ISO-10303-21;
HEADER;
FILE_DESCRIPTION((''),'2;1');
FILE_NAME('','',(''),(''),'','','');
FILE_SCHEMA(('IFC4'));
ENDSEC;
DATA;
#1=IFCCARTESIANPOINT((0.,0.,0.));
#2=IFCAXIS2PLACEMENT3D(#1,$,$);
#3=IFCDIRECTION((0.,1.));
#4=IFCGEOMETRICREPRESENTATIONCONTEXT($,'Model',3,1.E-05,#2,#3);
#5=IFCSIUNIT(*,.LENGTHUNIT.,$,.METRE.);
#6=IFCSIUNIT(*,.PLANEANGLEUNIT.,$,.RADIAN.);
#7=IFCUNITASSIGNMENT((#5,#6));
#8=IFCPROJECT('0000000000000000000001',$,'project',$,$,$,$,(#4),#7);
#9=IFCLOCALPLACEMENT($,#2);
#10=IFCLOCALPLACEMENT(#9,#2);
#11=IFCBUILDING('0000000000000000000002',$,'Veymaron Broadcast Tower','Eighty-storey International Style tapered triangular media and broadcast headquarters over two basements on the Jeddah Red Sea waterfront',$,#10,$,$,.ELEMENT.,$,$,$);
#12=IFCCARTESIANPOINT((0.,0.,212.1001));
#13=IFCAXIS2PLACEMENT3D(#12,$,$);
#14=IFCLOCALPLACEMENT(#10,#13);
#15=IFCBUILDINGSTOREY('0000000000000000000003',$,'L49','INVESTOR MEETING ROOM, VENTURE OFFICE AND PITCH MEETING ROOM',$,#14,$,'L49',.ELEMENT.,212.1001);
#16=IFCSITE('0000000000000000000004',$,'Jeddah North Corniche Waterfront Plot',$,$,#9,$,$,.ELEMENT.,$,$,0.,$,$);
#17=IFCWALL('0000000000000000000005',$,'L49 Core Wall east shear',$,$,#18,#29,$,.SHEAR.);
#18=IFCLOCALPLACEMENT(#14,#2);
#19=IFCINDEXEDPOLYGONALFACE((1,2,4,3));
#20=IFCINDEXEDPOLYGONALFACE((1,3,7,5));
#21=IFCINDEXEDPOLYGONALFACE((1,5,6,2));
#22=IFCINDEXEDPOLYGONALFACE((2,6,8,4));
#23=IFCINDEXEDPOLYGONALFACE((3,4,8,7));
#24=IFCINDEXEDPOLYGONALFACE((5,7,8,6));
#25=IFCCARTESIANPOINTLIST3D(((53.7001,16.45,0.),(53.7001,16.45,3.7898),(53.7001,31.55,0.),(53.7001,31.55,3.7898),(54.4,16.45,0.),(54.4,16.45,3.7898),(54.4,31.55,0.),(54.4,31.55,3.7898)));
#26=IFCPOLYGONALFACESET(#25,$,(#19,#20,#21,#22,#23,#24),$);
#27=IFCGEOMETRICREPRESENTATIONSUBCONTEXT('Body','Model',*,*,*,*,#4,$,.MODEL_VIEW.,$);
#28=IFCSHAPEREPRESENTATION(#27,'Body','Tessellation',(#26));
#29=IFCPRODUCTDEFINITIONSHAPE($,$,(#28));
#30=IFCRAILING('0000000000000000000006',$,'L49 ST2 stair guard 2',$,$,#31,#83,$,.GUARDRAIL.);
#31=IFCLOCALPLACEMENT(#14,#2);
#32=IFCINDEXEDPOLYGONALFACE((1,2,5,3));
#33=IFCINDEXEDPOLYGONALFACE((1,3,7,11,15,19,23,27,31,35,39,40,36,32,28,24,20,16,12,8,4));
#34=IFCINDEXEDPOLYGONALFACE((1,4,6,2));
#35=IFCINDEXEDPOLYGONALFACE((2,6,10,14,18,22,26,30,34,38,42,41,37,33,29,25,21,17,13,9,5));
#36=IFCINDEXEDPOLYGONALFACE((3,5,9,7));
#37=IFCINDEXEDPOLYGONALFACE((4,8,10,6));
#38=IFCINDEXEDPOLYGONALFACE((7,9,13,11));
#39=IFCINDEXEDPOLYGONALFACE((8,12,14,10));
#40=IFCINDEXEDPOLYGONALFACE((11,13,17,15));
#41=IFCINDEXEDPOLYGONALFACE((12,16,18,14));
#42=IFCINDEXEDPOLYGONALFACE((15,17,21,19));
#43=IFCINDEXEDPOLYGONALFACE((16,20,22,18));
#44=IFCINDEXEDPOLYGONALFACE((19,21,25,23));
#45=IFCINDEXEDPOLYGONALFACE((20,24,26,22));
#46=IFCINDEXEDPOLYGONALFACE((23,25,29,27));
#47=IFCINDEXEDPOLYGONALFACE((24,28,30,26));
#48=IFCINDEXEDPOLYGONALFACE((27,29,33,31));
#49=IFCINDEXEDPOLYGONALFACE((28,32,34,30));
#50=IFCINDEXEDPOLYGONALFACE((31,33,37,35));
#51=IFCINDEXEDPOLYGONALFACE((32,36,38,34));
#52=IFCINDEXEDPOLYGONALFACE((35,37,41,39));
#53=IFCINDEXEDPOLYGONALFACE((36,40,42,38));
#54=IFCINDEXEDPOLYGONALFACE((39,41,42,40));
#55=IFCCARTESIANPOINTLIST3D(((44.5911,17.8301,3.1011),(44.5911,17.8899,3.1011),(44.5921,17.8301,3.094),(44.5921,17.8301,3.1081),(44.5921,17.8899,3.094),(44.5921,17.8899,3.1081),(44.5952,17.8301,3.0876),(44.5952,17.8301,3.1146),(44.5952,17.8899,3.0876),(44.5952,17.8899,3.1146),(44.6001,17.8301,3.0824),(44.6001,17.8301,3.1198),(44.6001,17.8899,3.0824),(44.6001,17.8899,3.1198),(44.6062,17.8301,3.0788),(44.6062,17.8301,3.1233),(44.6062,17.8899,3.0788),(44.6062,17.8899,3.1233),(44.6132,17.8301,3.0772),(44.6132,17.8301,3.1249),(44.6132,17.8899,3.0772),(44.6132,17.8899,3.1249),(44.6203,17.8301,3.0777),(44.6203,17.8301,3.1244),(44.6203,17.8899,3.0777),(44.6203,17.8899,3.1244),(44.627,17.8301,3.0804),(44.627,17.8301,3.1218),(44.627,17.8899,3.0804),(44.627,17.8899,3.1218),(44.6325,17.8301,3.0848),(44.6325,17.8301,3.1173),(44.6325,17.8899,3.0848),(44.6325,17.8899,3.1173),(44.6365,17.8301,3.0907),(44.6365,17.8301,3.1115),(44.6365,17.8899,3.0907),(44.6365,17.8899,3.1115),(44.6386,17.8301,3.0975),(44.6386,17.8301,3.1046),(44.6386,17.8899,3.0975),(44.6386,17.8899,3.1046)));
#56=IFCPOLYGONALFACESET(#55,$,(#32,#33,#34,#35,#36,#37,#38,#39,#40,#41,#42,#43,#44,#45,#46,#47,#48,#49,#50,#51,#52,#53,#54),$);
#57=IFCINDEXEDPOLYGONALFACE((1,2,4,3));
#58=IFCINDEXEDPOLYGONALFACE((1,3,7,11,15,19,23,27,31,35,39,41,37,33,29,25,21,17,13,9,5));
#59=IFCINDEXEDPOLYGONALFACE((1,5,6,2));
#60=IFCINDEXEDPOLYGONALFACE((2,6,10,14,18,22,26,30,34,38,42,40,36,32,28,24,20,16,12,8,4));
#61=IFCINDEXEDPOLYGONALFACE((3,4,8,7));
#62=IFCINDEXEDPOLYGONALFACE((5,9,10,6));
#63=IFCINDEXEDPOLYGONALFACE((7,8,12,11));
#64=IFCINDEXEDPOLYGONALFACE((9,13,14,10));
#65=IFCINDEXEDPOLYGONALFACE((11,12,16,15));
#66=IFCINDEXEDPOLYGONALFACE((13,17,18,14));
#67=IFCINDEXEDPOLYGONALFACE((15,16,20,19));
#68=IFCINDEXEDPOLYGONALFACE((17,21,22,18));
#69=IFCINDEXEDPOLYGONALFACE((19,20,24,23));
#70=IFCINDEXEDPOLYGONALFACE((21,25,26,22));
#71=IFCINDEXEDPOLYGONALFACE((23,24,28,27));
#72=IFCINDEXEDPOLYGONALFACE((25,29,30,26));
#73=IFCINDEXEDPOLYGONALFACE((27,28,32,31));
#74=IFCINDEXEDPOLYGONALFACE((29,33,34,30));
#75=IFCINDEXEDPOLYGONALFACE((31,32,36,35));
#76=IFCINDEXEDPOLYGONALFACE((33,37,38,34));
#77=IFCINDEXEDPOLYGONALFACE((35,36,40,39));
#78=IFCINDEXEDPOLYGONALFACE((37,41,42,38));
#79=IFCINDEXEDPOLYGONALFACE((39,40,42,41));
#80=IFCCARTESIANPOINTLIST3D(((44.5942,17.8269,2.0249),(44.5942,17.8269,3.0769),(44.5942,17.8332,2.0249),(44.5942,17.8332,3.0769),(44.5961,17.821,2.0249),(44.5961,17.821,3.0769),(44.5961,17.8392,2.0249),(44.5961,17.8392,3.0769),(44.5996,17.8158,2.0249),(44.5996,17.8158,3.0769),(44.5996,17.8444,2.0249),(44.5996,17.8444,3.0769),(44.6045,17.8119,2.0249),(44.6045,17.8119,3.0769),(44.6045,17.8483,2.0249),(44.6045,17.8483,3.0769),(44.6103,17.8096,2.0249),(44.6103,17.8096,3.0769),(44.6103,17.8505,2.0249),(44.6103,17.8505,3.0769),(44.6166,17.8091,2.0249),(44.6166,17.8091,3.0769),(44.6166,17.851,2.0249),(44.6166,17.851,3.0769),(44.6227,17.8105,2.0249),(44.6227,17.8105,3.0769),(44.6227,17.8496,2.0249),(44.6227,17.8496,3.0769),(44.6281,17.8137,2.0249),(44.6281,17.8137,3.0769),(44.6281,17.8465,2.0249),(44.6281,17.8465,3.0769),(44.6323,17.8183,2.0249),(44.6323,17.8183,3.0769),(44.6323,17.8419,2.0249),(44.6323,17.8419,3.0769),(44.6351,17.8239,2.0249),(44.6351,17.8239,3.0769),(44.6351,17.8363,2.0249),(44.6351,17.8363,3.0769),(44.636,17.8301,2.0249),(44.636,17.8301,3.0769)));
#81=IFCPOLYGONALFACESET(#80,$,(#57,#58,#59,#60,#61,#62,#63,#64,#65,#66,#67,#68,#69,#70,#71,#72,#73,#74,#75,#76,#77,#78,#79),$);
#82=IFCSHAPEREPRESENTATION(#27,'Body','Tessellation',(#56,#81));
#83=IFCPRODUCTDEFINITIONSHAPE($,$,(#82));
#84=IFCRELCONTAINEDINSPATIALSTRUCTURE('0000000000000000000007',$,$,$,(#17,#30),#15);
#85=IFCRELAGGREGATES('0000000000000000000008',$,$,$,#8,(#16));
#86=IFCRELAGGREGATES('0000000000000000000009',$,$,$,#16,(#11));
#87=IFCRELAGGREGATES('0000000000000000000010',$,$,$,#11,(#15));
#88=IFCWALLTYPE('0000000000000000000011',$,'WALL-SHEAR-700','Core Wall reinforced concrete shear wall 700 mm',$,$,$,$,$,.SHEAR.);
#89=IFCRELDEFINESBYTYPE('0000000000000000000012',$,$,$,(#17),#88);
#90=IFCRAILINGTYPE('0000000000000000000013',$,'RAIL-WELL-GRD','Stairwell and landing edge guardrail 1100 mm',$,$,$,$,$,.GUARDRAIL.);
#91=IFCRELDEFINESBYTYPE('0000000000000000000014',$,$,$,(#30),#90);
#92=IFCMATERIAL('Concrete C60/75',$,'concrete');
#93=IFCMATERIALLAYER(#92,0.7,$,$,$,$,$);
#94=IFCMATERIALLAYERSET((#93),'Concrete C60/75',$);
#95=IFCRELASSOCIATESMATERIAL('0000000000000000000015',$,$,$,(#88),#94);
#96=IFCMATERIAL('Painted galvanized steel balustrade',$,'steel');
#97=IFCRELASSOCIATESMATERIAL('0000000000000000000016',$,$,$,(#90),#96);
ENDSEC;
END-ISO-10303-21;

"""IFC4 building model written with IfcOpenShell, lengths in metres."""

from ifc_helpers import new_model, si_unit, direction, frame, frame_2d, origin, origin_2d, place, context, subcontext, project, spatial, rectangle, circle, extrude, material, layer, layer_set, type_object, element, save


model = new_model("IFC4")

# Units and contexts
model_context = context("Model", 3, precision=1e-05, world=origin(), true_north=direction((0.0, 1.0)))
body_context = subcontext(model_context, "Body", "Model", "MODEL_VIEW")
ifc_project = project(units=[si_unit("LENGTHUNIT", "METRE"), si_unit("PLANEANGLEUNIT", "RADIAN")], contexts=[model_context])

# Site, building, storey
site_placement = place(None, origin())
site = spatial("IfcSite", under=ifc_project, at=site_placement, Name="Jeddah North Corniche Waterfront Plot", CompositionType="ELEMENT", RefElevation=0.0)
building_placement = place(site_placement, origin())
building = spatial("IfcBuilding", under=site, at=building_placement, Name="Veymaron Broadcast Tower", Description="Eighty-storey International Style tapered triangular media and broadcast headquarters over two basements on the Jeddah Red Sea waterfront", CompositionType="ELEMENT")
storey_placement = place(building_placement, frame((0.0, 0.0, 212.1001)))
storey = spatial("IfcBuildingStorey", under=building, at=storey_placement, Name="L49", Description="INVESTOR MEETING ROOM, VENTURE OFFICE AND PITCH MEETING ROOM", LongName="L49", CompositionType="ELEMENT", Elevation=212.1001)

# Wall
ifc_material_1 = material(Name="Concrete C60/75", Category="concrete")
ifc_layer_1 = layer(ifc_material_1, 0.7)
ifc_layer_set_1 = layer_set([ifc_layer_1], Name="Concrete C60/75")
wall_type_1 = type_object("IfcWallType", Name="WALL-SHEAR-700", Description="Core Wall reinforced concrete shear wall 700 mm", PredefinedType="SHEAR", material=ifc_layer_set_1)
wall_1_placement = place(storey_placement, frame((54.05, 16.45, 0.0), z_axis=(0.0, 0.0, 1.0), x_axis=(0.0, 1.0, 0.0)))
element("IfcWall", 1, at=wall_1_placement, inside=storey, type_object=wall_type_1, Name="L49 Core Wall east shear", PredefinedType="SHEAR", context=body_context, shape_type="SweptSolid", body=[
    extrude(rectangle(XDim=15.1001, YDim=0.7, at=frame_2d((7.55, 0.0))), origin(), (0.0, 0.0, 1.0), 3.7898),
])

# Railing
ifc_material_2 = material(Name="Painted galvanized steel balustrade", Category="steel")
railing_type = type_object("IfcRailingType", Name="RAIL-WELL-GRD", Description="Stairwell and landing edge guardrail 1100 mm", PredefinedType="GUARDRAIL", material=ifc_material_2)
railing_placement = place(storey_placement, frame((44.615, 17.8301, 2.0249)))
element("IfcRailing", 2, at=railing_placement, inside=storey, type_object=railing_type, Name="L49 ST2 stair guard 2", PredefinedType="GUARDRAIL", context=body_context, shape_type="SweptSolid", body=[
    extrude(circle(Radius=0.0239, at=origin_2d()), frame((0.0, 0.0, 1.0762), z_axis=(0.0, 1.0, 0.0), x_axis=(-1.0, 0.0, 0.0)), (0.0, 0.0, 1.0), 0.0598),
    extrude(circle(Radius=0.021, at=origin_2d()), origin(), (0.0, 0.0, 1.0), 1.052),
])

save(model, "model.ifc")
